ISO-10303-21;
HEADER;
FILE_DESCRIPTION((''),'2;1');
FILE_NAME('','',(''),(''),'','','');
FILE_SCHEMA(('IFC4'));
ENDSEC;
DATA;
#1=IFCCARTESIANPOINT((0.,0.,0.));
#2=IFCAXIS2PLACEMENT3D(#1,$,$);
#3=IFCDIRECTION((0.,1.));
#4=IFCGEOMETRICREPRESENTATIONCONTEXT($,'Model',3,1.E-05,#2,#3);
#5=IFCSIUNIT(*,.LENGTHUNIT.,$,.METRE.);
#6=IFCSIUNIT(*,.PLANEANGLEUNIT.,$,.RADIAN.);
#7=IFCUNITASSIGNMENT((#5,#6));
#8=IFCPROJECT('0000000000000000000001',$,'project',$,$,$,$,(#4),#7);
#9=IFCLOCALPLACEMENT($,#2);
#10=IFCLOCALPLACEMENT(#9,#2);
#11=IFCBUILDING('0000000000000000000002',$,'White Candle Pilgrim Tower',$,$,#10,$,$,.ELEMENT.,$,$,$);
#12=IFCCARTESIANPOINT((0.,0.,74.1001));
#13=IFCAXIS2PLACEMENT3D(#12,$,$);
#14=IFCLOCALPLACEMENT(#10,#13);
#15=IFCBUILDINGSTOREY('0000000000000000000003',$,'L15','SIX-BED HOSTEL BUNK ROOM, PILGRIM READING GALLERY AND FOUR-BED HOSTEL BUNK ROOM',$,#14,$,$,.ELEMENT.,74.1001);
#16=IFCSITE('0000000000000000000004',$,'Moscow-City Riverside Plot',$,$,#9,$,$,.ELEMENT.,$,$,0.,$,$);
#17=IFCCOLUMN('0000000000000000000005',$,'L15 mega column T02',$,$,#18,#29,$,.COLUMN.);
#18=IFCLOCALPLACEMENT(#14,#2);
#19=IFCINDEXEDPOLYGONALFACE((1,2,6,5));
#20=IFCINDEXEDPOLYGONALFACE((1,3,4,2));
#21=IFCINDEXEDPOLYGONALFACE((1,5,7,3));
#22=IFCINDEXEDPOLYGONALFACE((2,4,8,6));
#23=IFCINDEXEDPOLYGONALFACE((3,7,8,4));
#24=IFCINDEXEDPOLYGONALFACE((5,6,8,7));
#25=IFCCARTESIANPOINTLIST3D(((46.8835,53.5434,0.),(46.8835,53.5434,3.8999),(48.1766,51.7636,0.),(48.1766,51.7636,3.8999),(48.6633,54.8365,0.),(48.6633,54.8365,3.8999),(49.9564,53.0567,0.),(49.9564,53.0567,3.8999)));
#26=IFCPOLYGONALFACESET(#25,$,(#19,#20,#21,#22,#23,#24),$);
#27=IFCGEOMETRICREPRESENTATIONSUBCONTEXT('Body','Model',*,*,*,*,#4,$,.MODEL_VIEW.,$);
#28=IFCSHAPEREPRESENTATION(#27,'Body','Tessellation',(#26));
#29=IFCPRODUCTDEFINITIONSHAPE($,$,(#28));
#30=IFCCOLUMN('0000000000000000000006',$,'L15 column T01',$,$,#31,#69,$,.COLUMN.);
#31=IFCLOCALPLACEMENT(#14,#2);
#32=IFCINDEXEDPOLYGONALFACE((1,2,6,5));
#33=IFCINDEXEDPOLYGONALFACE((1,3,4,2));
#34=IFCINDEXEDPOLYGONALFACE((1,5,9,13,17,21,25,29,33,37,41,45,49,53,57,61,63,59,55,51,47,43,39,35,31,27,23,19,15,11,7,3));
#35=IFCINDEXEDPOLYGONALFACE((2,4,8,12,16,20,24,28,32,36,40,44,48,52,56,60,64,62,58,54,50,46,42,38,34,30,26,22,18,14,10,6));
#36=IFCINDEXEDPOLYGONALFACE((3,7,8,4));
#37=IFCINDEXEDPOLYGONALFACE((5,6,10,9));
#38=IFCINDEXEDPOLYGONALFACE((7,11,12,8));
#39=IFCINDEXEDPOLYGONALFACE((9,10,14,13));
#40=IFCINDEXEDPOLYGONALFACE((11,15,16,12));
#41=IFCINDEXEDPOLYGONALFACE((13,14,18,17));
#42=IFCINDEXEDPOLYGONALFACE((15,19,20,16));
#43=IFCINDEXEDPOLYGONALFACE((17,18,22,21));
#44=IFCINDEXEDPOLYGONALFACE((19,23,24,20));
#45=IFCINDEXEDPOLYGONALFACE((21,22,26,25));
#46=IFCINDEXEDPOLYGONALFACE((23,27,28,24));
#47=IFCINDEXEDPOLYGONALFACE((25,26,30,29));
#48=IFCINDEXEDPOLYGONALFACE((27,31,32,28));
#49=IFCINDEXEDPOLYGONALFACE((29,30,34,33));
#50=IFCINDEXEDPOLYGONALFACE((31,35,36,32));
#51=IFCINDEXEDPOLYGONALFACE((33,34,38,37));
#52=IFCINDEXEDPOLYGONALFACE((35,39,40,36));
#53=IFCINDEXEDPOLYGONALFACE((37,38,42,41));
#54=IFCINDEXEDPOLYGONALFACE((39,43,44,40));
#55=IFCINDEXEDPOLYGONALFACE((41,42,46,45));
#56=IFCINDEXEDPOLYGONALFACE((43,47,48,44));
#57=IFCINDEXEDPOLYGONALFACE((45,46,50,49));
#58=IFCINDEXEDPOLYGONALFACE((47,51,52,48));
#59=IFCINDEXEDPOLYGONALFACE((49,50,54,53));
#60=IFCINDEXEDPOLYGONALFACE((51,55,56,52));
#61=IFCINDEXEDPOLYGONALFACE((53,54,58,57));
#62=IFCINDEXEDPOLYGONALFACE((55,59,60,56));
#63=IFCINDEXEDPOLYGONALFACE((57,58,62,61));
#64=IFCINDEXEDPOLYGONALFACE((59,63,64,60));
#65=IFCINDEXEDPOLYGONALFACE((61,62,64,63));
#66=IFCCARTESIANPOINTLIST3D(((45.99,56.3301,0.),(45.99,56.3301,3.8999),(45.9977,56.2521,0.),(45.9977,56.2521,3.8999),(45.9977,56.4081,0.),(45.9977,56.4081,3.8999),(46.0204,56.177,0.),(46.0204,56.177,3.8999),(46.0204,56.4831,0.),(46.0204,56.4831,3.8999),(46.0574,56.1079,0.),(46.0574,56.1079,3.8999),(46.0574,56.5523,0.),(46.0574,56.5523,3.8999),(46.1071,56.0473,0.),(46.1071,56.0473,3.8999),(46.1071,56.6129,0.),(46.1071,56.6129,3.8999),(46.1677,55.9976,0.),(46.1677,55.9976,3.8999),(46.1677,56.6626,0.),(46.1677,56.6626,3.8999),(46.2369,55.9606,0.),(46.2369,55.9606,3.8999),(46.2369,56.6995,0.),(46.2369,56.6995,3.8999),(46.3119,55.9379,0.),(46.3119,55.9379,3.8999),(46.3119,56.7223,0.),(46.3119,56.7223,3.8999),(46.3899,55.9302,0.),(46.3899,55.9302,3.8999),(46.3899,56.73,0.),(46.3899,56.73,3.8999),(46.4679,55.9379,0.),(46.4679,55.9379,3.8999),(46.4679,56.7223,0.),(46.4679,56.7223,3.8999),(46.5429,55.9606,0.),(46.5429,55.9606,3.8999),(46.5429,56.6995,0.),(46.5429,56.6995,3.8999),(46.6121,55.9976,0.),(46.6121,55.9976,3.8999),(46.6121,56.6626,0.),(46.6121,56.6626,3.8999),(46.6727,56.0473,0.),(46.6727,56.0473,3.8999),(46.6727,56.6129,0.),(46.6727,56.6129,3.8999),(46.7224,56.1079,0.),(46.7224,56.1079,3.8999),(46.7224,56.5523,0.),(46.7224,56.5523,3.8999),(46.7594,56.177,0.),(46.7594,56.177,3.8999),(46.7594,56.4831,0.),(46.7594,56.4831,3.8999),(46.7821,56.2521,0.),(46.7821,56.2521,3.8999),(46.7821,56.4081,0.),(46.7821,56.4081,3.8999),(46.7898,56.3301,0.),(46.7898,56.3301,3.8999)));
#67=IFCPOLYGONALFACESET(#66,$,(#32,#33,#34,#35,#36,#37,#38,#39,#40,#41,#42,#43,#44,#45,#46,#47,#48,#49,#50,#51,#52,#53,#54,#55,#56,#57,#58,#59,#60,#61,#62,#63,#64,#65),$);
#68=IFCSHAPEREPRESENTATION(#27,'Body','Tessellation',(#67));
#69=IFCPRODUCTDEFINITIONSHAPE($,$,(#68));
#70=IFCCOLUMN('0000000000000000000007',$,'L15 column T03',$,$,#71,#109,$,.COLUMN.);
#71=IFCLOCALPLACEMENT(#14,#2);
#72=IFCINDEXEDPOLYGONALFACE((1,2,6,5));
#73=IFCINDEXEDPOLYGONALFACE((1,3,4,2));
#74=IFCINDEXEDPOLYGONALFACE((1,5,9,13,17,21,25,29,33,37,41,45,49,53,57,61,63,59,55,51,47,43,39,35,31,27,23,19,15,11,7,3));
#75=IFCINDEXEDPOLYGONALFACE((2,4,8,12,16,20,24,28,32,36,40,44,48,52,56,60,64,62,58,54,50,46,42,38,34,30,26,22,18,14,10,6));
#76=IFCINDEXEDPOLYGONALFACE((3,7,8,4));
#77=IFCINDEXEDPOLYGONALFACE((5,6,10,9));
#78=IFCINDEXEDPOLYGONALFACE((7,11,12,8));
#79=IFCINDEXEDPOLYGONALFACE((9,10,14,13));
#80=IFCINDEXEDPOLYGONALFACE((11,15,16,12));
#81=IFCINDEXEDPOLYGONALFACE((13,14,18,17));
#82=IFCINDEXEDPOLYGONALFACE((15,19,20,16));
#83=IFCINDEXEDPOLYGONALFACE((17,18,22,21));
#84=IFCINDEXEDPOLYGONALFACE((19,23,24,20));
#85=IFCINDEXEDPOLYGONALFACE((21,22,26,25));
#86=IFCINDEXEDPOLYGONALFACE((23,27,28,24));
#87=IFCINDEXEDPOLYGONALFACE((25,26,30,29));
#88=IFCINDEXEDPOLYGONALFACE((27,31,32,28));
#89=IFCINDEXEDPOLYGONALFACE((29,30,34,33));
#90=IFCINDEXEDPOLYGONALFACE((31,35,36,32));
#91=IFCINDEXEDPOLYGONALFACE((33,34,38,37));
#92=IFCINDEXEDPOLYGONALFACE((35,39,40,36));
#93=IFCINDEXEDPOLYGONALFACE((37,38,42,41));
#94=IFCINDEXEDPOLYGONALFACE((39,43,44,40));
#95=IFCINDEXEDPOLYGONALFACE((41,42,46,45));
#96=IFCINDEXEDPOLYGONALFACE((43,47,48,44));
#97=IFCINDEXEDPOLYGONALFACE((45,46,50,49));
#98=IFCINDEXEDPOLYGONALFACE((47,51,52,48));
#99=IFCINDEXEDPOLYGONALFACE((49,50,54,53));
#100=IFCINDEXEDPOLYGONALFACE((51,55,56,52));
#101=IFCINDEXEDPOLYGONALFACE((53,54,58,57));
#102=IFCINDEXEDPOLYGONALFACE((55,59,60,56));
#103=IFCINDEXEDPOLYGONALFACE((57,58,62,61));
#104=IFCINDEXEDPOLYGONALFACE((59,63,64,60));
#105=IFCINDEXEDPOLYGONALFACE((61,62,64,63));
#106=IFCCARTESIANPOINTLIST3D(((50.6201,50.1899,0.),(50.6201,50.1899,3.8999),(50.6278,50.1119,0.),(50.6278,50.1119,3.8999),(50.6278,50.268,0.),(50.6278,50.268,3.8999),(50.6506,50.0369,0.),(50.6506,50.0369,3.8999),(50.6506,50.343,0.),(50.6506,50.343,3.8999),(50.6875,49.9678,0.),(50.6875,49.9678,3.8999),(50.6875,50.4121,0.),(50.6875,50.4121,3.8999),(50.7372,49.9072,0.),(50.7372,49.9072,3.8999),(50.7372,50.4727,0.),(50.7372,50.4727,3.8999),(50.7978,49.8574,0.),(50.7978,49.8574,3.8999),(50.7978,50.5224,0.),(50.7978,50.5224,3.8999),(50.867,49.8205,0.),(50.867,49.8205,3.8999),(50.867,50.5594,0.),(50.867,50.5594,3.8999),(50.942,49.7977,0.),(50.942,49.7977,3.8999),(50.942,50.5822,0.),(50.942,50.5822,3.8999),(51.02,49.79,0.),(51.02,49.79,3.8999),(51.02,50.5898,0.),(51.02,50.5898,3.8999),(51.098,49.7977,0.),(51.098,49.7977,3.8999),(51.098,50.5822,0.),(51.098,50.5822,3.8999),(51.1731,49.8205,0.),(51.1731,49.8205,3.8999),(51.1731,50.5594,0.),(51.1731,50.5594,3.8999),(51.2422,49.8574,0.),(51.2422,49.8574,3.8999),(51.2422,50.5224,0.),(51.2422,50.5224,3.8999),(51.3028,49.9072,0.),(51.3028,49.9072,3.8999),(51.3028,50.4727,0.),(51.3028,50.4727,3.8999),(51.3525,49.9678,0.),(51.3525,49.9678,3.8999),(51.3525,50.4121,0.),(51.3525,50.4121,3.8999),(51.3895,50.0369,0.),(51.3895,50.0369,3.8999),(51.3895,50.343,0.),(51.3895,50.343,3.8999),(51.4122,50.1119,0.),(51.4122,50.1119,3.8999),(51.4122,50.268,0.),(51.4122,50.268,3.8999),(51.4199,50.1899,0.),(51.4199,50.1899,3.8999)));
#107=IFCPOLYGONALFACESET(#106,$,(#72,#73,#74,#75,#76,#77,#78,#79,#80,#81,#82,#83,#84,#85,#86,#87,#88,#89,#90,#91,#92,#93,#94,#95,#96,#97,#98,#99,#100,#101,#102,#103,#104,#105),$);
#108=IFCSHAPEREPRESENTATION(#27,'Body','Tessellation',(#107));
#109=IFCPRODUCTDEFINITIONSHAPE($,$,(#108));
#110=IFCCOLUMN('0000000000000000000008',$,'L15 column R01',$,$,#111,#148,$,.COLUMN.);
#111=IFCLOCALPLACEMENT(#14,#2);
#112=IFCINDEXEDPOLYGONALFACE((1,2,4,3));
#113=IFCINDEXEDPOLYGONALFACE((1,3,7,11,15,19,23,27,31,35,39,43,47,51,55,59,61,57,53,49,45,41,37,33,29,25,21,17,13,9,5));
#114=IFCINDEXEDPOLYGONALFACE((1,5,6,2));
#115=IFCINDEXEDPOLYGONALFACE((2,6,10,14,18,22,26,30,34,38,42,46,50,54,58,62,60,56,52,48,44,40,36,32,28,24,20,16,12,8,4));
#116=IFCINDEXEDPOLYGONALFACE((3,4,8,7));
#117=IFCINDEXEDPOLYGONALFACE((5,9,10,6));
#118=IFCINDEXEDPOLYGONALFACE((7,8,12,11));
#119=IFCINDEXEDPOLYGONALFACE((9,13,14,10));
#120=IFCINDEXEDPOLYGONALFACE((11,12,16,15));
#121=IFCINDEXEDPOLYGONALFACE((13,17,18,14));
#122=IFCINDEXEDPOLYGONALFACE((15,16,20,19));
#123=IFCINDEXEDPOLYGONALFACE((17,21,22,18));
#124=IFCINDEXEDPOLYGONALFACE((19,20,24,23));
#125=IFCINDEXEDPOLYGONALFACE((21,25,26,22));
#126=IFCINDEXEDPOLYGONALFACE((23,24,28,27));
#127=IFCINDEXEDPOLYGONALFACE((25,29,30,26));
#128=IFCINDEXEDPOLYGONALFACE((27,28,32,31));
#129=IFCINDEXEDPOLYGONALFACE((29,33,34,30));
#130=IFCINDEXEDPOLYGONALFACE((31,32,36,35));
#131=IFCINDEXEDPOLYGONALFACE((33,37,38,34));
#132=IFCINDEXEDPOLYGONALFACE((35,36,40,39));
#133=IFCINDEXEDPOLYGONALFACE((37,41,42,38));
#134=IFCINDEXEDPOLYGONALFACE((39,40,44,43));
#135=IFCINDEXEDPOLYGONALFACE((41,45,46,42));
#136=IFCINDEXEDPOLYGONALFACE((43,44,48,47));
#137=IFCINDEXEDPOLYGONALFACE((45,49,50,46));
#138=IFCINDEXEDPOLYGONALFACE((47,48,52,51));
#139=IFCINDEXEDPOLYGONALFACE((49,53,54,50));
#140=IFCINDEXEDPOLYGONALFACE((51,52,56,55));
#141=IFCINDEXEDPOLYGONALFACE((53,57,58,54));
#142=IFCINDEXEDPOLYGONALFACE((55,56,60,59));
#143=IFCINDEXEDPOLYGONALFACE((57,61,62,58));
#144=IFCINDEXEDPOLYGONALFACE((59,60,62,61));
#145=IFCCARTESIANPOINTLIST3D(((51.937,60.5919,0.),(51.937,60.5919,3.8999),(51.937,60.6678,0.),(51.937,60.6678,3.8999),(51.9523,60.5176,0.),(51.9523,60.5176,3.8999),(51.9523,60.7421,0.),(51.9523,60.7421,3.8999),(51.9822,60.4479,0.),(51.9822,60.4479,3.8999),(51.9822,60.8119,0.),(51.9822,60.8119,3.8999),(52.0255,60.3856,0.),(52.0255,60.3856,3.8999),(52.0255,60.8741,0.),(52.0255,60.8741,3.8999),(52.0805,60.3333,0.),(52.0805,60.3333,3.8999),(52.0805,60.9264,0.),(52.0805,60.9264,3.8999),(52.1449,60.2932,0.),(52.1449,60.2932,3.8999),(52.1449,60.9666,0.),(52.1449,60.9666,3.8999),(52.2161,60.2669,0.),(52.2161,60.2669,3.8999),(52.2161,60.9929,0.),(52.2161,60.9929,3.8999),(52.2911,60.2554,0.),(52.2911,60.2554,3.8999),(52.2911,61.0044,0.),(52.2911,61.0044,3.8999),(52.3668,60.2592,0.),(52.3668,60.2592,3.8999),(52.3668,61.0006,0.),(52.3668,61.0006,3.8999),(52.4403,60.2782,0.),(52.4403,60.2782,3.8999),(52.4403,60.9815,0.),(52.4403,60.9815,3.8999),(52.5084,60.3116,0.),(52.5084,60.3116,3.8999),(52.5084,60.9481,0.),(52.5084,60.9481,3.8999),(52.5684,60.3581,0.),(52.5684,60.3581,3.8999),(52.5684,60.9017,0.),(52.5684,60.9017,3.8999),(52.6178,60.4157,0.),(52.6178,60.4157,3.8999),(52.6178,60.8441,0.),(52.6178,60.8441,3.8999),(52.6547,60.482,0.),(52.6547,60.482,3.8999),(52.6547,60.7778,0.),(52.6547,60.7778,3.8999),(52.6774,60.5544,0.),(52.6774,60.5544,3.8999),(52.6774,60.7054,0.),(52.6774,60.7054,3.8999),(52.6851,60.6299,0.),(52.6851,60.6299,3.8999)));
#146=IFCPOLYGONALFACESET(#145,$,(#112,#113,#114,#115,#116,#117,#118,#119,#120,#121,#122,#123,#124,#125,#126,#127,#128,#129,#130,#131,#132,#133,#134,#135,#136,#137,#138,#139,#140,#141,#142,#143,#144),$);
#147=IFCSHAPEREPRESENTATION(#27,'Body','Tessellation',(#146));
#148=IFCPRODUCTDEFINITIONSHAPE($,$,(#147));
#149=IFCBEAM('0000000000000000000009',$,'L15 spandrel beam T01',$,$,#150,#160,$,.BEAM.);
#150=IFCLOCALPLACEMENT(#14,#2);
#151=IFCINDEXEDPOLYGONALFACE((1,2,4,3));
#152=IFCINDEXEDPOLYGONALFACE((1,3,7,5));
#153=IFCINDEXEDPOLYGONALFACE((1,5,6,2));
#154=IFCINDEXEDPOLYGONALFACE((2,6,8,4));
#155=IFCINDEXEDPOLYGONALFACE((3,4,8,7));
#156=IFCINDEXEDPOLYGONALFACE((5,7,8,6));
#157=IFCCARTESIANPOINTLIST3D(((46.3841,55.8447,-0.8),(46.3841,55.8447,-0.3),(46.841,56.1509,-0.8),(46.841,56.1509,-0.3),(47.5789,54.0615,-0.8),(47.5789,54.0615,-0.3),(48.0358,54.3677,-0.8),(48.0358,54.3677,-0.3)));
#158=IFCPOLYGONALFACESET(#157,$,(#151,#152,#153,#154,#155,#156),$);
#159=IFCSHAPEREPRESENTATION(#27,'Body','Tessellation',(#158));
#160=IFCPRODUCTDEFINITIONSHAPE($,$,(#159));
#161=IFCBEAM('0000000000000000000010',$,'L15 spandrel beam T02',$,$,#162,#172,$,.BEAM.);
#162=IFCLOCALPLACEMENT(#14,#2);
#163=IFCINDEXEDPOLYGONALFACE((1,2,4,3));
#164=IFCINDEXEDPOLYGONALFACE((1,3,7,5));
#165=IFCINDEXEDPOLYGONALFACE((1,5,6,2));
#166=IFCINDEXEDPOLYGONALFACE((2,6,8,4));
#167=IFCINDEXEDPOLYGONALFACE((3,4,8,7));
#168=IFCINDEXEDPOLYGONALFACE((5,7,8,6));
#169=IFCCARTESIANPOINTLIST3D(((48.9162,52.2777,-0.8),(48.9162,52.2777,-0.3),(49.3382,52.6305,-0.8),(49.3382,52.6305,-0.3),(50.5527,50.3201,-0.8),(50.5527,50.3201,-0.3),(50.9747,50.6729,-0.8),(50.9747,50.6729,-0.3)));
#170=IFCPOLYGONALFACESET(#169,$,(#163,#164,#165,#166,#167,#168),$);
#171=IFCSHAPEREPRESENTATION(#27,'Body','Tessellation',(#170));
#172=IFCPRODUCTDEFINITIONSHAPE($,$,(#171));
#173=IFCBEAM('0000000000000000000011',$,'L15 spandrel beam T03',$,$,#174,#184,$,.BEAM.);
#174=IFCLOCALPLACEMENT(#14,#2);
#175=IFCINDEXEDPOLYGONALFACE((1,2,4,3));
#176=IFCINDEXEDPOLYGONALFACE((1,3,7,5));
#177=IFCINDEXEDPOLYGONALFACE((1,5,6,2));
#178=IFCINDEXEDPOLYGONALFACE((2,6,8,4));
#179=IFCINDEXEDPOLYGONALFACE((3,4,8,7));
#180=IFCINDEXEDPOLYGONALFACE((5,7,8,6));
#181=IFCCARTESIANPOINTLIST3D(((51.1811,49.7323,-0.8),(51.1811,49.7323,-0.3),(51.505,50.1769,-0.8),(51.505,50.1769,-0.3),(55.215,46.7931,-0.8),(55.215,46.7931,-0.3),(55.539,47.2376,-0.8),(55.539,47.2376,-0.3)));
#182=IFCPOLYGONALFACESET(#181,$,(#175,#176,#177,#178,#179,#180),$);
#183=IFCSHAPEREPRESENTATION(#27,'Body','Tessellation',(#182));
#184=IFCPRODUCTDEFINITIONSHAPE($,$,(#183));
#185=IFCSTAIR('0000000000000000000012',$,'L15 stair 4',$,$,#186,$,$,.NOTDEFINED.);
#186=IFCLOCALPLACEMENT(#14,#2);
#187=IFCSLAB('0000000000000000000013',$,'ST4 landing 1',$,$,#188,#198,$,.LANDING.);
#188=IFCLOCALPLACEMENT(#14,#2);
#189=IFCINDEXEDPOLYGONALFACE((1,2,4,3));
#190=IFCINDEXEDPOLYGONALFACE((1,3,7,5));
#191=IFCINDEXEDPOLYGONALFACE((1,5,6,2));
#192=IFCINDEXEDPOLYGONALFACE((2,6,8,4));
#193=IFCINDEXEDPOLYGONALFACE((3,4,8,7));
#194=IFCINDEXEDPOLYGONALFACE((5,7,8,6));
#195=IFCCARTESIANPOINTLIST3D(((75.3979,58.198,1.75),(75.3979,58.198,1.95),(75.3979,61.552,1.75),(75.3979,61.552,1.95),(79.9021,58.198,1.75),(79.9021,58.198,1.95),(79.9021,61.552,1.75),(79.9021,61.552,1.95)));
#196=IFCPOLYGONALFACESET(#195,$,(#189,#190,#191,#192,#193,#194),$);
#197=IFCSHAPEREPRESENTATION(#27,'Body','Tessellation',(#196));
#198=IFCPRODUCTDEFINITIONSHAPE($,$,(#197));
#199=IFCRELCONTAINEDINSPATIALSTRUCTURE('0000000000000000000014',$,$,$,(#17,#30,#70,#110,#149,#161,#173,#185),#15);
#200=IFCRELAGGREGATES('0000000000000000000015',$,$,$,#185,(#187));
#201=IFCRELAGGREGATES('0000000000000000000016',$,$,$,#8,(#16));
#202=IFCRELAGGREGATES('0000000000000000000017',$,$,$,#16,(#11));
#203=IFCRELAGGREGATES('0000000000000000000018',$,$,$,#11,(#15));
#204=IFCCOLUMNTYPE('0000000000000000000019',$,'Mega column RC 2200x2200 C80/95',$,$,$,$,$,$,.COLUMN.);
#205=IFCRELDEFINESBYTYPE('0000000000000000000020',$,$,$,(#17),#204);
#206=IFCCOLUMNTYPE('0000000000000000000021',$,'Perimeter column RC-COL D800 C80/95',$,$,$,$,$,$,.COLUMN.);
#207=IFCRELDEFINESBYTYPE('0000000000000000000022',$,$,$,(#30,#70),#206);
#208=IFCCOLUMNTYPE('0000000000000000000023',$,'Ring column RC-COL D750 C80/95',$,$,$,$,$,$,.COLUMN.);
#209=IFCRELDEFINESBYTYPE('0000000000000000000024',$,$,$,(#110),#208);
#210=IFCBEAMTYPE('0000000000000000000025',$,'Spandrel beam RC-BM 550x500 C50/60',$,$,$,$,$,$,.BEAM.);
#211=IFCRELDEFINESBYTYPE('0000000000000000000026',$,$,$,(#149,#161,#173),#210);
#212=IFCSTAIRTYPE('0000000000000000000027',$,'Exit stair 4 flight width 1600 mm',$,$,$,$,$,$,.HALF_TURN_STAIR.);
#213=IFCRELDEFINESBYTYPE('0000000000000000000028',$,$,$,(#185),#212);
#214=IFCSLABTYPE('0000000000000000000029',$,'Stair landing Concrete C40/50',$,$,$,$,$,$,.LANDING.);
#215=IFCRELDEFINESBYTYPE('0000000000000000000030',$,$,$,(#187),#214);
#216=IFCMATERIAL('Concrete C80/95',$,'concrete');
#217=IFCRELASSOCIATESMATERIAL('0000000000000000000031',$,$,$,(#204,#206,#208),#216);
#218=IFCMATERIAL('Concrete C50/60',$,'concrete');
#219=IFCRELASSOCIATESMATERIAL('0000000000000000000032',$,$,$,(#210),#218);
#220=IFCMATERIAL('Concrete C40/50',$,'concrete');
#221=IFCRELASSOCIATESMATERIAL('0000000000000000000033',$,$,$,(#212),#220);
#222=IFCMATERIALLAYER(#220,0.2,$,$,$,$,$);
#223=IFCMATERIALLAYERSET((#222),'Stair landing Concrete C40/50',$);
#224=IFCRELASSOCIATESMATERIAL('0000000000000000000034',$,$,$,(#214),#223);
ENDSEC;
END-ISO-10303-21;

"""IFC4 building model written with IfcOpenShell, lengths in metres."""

from ifc_helpers import new_model, si_unit, direction, frame, origin, origin_2d, place, context, subcontext, project, spatial, polyline, rectangle, circle, outline, extrude, material, layer, layer_set, material_profile, profile_set, type_object, element, aggregate, save


model = new_model("IFC4")

# Units and contexts
model_context = context("Model", 3, precision=1e-05, world=origin(), true_north=direction((0.0, 1.0)))
body_context = subcontext(model_context, "Body", "Model", "MODEL_VIEW")
ifc_project = project(units=[si_unit("LENGTHUNIT", "METRE"), si_unit("PLANEANGLEUNIT", "RADIAN")], contexts=[model_context])

# Site, building, storey
site_placement = place(None, origin())
site = spatial("IfcSite", under=ifc_project, at=site_placement, Name="Moscow-City Riverside Plot", CompositionType="ELEMENT", RefElevation=0.0)
building_placement = place(site_placement, origin())
building = spatial("IfcBuilding", under=site, at=building_placement, Name="White Candle Pilgrim Tower", CompositionType="ELEMENT")
storey_placement = place(building_placement, frame((0.0, 0.0, 74.1001)))
storey = spatial("IfcBuildingStorey", under=building, at=storey_placement, Name="L15", Description="SIX-BED HOSTEL BUNK ROOM, PILGRIM READING GALLERY AND FOUR-BED HOSTEL BUNK ROOM", CompositionType="ELEMENT", Elevation=74.1001)

# Columns
ifc_material_1 = material(Name="Concrete C80/95", Category="concrete")
ifc_material_profile_1 = material_profile(ifc_material_1, rectangle(XDim=2.2, YDim=2.2, at=origin_2d()), Name="RC 2200x2200")
ifc_profile_set_1 = profile_set([ifc_material_profile_1], Name="Concrete C80/95")
column_type_1 = type_object("IfcColumnType", Name="Mega column RC 2200x2200 C80/95", PredefinedType="COLUMN", material=ifc_profile_set_1)
column_1_placement = place(storey_placement, frame((48.4199, 53.3, 0.0), z_axis=(0.0, 0.0, 1.0), x_axis=(-0.809017, -0.587785, 0.0)))
element("IfcColumn", 1, at=column_1_placement, inside=storey, type_object=column_type_1, Name="L15 mega column T02", PredefinedType="COLUMN", context=body_context, shape_type="SweptSolid", body=[
    extrude(rectangle(XDim=2.2, YDim=2.2, at=origin_2d()), origin(), (0.0, 0.0, 1.0), 3.8999),
])
ifc_material_profile_2 = material_profile(ifc_material_1, circle(Radius=0.3999, at=origin_2d()), Name="RC-COL D800")
ifc_profile_set_2 = profile_set([ifc_material_profile_2], Name="Concrete C80/95")
column_type_2 = type_object("IfcColumnType", Name="Perimeter column RC-COL D800 C80/95", PredefinedType="COLUMN", material=ifc_profile_set_2)
for number, where, z_axis, x_axis, name in (
    (2, (46.3899, 56.3301, 0.0), (0.0, 0.0, 1.0), (1.0, 0.0, 0.0), "L15 column T01"),
    (3, (51.02, 50.1899, 0.0), (0.0, 0.0, 1.0), (1.0, 0.0, 0.0), "L15 column T03"),
):
    element("IfcColumn", number, at=place(storey_placement, frame(where, z_axis=z_axis, x_axis=x_axis)), inside=storey, type_object=column_type_2, Name=name, PredefinedType="COLUMN", context=body_context, shape_type="SweptSolid", body=[
        extrude(circle(Radius=0.3999, at=origin_2d()), origin(), (0.0, 0.0, 1.0), 3.8999),
    ])
ifc_material_profile_3 = material_profile(ifc_material_1, circle(Radius=0.375, at=origin_2d()), Name="RC-COL D750")
ifc_profile_set_3 = profile_set([ifc_material_profile_3], Name="Concrete C80/95")
column_type_3 = type_object("IfcColumnType", Name="Ring column RC-COL D750 C80/95", PredefinedType="COLUMN", material=ifc_profile_set_3)
column_2_placement = place(storey_placement, frame((52.3101, 60.6299, 0.0), z_axis=(0.0, 0.0, 1.0), x_axis=(1.0, 0.0, 0.0)))
element("IfcColumn", 4, at=column_2_placement, inside=storey, type_object=column_type_3, Name="L15 column R01", PredefinedType="COLUMN", context=body_context, shape_type="SweptSolid", body=[
    extrude(circle(Radius=0.375, at=origin_2d()), origin(), (0.0, 0.0, 1.0), 3.8999),
])

# Beams
ifc_material_2 = material(Name="Concrete C50/60", Category="concrete")
ifc_material_profile_4 = material_profile(ifc_material_2, rectangle(XDim=0.55, YDim=0.5, at=origin_2d()), Name="RC-BM 550x500")
ifc_profile_set_4 = profile_set([ifc_material_profile_4], Name="Concrete C50/60")
beam_type = type_object("IfcBeamType", Name="Spandrel beam RC-BM 550x500 C50/60", PredefinedType="BEAM", material=ifc_profile_set_4)
beam_1_placement = place(storey_placement, frame((46.6125, 55.9978, -0.55), z_axis=(0.556641, -0.830753, 0.0), x_axis=(0.830753, 0.556641, 0.0)))
element("IfcBeam", 5, at=beam_1_placement, inside=storey, type_object=beam_type, Name="L15 spandrel beam T01", PredefinedType="BEAM", context=body_context, shape_type="SweptSolid", body=[
    extrude(rectangle(XDim=0.55, YDim=0.5, at=origin_2d()), origin(), (0.0, 0.0, 1.0), 2.1465),
])
beam_2_placement = place(storey_placement, frame((49.1272, 52.4541, -0.55), z_axis=(0.641388, -0.767216, 0.0), x_axis=(0.767216, 0.641388, 0.0)))
element("IfcBeam", 6, at=beam_2_placement, inside=storey, type_object=beam_type, Name="L15 spandrel beam T02", PredefinedType="BEAM", context=body_context, shape_type="SweptSolid", body=[
    extrude(rectangle(XDim=0.55, YDim=0.5, at=origin_2d()), origin(), (0.0, 0.0, 1.0), 2.5515),
])
beam_3_placement = place(storey_placement, frame((51.343, 49.9546, -0.55), z_axis=(0.808218, -0.588884, 0.0), x_axis=(0.588884, 0.808218, 0.0)))
element("IfcBeam", 7, at=beam_3_placement, inside=storey, type_object=beam_type, Name="L15 spandrel beam T03", PredefinedType="BEAM", context=body_context, shape_type="SweptSolid", body=[
    extrude(rectangle(XDim=0.55, YDim=0.5, at=origin_2d()), origin(), (0.0, 0.0, 1.0), 4.9912),
])

# Stair, slab
ifc_material_3 = material(Name="Concrete C40/50", Category="concrete")
stair_type_1 = type_object("IfcStairType", Name="Exit stair 4 flight width 1600 mm", PredefinedType="HALF_TURN_STAIR", material=ifc_material_3)
stair_1_placement = place(storey_placement, origin())
stair_1 = element("IfcStair", 8, at=stair_1_placement, inside=storey, type_object=stair_type_1, Name="L15 stair 4", PredefinedType="NOTDEFINED")
ifc_layer_1 = layer(ifc_material_3, 0.2)
ifc_layer_set_1 = layer_set([ifc_layer_1], Name="Stair landing Concrete C40/50")
slab_type = type_object("IfcSlabType", Name="Stair landing Concrete C40/50", PredefinedType="LANDING", material=ifc_layer_set_1)
slab_1_placement = place(storey_placement, frame((0.0, 0.0, 1.75)))
slab_1 = element("IfcSlab", 9, at=slab_1_placement, type_object=slab_type, Name="ST4 landing 1", PredefinedType="LANDING", context=body_context, shape_type="SweptSolid", body=[
    extrude(outline(polyline([(79.9021, 61.552), (79.9021, 58.198), (75.3979, 58.198), (75.3979, 61.552), (79.9021, 61.552)])), origin(), (0.0, 0.0, 1.0), 0.2),
])
aggregate(stair_1, [slab_1])

save(model, "model.ifc")
